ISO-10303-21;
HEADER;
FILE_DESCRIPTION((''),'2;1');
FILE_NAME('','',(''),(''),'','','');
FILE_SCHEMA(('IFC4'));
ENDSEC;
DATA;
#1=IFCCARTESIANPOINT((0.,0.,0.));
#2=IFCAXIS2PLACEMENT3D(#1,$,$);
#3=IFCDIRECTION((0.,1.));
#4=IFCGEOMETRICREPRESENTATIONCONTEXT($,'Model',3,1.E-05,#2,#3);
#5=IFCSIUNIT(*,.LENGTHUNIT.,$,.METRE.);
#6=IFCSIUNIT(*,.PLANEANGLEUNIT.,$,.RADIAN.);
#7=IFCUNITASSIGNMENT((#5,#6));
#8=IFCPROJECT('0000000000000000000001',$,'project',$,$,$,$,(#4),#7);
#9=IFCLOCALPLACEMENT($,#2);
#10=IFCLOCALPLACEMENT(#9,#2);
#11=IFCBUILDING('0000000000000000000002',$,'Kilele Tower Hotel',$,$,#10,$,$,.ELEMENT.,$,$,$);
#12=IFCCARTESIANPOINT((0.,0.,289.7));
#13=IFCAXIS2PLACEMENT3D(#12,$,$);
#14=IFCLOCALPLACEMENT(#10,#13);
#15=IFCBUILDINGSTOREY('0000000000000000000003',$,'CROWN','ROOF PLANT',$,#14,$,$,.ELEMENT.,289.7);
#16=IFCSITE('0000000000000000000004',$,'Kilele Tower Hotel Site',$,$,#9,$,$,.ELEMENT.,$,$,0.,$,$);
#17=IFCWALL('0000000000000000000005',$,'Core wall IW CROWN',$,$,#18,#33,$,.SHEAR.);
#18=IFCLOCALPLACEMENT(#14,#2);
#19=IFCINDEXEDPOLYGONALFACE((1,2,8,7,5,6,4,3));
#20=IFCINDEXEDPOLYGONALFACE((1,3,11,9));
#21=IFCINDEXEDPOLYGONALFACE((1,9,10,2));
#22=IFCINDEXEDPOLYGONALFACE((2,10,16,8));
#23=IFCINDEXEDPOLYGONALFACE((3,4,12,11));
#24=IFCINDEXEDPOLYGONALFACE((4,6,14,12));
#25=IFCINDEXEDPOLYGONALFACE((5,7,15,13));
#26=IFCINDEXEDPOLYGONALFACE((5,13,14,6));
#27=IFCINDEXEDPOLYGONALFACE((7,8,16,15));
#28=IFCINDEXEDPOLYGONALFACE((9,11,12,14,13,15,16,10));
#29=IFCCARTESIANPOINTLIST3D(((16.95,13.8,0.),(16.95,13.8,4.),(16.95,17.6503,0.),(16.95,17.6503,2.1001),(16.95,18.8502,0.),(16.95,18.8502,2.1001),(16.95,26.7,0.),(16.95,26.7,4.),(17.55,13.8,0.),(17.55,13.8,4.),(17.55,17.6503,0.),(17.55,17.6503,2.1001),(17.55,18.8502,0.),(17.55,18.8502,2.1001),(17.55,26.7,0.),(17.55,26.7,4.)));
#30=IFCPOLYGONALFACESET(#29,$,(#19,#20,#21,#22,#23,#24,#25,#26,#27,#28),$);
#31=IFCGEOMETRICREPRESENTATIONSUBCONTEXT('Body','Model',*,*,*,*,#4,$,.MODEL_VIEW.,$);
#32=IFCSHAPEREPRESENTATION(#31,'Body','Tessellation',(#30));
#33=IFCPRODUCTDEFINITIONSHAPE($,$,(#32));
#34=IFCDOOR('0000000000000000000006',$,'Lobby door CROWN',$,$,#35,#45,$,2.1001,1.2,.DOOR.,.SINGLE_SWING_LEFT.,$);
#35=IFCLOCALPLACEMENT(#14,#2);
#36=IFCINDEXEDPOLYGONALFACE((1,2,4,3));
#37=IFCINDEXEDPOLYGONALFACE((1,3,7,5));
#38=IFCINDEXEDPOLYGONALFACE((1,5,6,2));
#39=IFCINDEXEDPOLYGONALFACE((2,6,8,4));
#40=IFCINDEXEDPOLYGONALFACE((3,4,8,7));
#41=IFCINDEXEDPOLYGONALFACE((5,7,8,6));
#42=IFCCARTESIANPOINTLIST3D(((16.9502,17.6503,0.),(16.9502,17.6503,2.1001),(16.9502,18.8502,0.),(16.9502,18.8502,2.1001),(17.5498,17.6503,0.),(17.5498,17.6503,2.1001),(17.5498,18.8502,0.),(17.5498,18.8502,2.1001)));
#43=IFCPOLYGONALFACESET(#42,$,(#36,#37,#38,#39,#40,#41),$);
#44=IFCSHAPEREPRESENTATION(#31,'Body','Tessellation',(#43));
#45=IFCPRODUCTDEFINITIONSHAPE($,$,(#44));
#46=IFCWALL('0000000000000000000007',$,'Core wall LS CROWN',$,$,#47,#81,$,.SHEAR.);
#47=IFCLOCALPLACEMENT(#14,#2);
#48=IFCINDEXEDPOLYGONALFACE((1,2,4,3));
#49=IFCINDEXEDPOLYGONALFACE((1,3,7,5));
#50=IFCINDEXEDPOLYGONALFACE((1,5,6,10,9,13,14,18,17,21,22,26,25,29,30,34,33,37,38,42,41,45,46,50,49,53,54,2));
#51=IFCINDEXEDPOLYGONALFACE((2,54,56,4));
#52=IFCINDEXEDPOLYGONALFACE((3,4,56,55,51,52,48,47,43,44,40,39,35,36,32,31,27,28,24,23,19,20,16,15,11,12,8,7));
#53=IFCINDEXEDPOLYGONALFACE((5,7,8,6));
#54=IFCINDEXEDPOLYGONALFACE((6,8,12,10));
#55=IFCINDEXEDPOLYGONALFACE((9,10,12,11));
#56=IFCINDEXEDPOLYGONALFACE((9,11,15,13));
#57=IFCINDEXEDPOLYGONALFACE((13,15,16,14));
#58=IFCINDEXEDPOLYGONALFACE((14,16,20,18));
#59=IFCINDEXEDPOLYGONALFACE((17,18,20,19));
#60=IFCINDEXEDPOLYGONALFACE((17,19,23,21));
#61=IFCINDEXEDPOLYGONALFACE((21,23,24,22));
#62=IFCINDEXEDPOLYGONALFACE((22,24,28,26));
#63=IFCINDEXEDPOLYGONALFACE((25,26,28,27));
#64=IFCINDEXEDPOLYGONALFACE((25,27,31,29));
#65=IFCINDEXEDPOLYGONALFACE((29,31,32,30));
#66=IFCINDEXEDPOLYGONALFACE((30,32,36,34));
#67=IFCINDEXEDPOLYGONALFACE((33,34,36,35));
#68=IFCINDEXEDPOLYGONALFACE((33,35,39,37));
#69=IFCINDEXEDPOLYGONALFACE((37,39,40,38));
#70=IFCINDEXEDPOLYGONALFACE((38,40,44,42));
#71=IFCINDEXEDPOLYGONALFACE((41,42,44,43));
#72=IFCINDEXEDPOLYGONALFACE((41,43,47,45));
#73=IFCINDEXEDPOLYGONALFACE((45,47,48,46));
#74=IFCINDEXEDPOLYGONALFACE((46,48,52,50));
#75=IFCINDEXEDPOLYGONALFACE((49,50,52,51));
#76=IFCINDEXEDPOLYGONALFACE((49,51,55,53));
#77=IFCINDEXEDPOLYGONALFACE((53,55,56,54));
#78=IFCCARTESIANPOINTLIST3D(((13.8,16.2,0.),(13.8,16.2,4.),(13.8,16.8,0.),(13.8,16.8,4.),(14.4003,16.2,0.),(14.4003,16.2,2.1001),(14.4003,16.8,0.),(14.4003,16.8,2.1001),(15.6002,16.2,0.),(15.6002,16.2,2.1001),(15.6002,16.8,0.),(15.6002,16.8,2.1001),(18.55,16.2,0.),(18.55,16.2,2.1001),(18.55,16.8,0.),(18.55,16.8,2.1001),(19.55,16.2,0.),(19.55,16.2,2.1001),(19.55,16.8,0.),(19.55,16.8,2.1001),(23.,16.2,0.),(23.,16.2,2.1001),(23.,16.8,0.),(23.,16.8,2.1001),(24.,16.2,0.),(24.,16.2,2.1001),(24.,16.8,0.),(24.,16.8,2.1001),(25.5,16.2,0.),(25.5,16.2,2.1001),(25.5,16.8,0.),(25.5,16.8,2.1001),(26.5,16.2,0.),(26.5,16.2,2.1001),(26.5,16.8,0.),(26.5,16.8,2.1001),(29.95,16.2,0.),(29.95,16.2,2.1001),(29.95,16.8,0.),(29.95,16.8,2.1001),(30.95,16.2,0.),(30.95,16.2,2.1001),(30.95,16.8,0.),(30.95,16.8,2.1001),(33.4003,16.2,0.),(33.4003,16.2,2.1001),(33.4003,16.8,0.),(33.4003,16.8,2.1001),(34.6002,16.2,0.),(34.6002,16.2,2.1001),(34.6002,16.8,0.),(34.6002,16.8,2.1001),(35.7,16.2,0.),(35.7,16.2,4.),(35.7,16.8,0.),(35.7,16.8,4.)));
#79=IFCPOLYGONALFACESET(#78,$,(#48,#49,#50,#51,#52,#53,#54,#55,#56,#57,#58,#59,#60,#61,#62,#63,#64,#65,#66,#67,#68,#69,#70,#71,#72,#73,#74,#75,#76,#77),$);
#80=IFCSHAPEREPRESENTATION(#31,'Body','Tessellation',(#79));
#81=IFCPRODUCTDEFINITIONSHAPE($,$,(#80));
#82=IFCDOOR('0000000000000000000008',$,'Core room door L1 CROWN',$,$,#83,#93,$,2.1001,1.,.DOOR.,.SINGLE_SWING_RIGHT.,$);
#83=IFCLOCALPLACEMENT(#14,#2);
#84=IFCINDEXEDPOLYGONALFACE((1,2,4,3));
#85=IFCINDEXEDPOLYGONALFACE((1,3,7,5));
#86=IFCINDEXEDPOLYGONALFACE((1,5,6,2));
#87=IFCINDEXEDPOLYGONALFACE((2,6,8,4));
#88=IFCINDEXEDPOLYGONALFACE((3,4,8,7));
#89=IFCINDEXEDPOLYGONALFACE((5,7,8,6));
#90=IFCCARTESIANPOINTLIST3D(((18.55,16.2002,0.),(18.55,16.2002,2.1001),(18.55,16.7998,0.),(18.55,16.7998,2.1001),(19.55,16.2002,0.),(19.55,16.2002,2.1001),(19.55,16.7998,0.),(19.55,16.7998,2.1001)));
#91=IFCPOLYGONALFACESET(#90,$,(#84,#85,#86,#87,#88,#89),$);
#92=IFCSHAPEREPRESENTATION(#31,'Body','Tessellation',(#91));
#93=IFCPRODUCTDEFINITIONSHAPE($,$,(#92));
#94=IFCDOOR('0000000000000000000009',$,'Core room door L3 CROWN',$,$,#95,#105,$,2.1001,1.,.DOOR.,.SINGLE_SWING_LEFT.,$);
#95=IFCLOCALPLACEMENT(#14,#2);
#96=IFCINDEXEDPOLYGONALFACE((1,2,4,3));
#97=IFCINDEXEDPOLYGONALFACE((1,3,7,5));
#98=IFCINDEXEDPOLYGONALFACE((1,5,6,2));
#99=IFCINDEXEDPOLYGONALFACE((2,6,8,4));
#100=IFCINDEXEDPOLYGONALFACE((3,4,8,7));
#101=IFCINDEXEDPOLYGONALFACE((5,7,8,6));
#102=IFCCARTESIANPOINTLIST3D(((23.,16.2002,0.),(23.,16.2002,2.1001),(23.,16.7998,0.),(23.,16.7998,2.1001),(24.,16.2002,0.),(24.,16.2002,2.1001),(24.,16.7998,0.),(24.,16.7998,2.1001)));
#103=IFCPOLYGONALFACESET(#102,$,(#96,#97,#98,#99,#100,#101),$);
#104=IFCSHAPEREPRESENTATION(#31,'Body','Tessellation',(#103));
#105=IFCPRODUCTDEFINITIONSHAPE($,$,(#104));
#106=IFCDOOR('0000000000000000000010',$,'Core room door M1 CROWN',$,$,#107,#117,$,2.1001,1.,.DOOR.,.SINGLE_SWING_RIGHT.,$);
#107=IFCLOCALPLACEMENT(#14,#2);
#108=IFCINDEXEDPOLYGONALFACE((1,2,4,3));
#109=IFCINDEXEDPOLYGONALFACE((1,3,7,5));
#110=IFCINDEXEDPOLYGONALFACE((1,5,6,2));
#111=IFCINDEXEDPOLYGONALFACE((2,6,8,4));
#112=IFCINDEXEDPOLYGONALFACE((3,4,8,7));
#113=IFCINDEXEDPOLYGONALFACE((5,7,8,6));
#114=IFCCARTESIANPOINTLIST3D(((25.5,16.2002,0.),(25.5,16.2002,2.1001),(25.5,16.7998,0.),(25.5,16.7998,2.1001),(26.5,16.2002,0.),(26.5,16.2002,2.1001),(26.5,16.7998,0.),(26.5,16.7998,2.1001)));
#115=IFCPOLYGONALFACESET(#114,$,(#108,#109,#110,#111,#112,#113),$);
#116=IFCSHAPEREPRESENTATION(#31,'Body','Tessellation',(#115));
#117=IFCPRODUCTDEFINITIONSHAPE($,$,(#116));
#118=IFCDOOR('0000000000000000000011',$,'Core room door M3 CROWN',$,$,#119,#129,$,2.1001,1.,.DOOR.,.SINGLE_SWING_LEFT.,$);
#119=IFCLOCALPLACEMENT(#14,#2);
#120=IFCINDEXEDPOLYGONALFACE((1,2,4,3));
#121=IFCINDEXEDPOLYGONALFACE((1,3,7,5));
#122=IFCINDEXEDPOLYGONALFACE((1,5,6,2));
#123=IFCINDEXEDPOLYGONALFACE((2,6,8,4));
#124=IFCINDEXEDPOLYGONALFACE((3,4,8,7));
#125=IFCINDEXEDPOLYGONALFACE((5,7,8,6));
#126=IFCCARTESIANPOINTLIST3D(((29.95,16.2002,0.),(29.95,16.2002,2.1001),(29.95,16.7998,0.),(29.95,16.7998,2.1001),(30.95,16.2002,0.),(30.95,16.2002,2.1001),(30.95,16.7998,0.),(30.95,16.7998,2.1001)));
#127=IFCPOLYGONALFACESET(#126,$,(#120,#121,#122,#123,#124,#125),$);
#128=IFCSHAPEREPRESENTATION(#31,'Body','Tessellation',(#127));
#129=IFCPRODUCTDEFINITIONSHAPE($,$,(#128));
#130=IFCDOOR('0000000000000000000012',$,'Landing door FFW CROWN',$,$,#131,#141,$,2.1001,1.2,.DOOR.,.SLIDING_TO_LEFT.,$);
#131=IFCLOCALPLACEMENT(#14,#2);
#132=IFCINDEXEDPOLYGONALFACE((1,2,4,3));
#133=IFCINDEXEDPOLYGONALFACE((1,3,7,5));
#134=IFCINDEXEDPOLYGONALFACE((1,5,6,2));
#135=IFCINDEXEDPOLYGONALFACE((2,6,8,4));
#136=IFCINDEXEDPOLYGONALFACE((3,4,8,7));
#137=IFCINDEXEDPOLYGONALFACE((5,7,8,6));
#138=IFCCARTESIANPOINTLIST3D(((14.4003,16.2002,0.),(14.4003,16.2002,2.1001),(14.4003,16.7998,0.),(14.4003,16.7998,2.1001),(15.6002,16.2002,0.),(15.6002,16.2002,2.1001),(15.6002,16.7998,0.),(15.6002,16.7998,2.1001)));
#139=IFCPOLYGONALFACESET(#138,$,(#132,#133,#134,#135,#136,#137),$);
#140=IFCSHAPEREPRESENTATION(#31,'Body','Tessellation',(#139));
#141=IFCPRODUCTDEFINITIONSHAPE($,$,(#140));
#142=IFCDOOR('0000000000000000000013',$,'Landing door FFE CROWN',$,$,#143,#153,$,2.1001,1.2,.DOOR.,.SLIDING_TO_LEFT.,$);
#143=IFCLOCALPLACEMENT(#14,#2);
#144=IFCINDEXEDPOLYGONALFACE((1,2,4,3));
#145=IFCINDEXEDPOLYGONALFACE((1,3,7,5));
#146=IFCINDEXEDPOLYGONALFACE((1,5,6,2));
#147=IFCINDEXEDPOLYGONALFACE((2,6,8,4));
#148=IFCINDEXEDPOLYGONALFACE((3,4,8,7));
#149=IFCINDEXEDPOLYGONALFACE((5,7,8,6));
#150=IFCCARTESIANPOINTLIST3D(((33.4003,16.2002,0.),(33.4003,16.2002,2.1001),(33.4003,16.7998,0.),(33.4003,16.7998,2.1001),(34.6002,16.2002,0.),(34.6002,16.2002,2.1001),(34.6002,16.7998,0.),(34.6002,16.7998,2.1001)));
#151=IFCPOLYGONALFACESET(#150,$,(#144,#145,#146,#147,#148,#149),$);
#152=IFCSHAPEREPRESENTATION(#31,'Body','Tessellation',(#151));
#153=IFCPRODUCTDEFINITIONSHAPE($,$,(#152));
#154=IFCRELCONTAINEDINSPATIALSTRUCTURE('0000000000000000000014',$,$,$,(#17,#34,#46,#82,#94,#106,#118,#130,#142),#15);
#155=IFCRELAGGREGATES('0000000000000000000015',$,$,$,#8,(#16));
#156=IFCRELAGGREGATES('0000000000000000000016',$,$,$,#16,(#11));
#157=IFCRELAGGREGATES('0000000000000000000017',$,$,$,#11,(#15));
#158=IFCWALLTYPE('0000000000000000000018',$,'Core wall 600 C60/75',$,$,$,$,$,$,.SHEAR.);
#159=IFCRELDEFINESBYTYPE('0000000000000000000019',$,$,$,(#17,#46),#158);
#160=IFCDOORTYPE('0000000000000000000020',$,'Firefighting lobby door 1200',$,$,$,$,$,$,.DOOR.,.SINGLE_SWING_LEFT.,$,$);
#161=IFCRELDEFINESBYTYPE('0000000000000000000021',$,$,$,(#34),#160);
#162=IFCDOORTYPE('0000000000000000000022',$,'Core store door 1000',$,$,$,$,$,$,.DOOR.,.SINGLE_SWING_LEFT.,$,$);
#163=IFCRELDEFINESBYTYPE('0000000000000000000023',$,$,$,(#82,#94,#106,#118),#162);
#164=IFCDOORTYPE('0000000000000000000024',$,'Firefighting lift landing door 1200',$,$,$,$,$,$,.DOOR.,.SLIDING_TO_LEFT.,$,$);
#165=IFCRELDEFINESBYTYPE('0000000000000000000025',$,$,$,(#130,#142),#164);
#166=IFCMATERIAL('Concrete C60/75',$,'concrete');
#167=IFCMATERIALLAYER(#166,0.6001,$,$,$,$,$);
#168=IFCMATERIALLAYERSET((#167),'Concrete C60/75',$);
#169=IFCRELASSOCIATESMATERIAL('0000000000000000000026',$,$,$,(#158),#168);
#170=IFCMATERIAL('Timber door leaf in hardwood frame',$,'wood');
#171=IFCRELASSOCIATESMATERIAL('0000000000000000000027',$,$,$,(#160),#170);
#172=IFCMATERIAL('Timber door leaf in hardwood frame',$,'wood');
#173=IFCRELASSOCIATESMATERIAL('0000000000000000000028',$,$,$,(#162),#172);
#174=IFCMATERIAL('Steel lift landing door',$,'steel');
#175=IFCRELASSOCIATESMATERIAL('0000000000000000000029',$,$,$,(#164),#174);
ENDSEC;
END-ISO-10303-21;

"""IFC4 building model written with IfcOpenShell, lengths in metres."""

from ifc_helpers import new_model, si_unit, direction, frame, frame_2d, origin, place, context, subcontext, project, spatial, rectangle, extrude, material, layer, layer_set, type_object, element, fill, save


model = new_model("IFC4")

# Units and contexts
model_context = context("Model", 3, precision=1e-05, world=origin(), true_north=direction((0.0, 1.0)))
body_context = subcontext(model_context, "Body", "Model", "MODEL_VIEW")
ifc_project = project(units=[si_unit("LENGTHUNIT", "METRE"), si_unit("PLANEANGLEUNIT", "RADIAN")], contexts=[model_context])

# Site, building, storey
site_placement = place(None, origin())
site = spatial("IfcSite", under=ifc_project, at=site_placement, Name="Kilele Tower Hotel Site", CompositionType="ELEMENT", RefElevation=0.0)
building_placement = place(site_placement, origin())
building = spatial("IfcBuilding", under=site, at=building_placement, Name="Kilele Tower Hotel", CompositionType="ELEMENT")
storey_placement = place(building_placement, frame((0.0, 0.0, 289.7)))
storey = spatial("IfcBuildingStorey", under=building, at=storey_placement, Name="CROWN", Description="ROOF PLANT", CompositionType="ELEMENT", Elevation=289.7)

# Wall, opening, door
ifc_material_1 = material(Name="Concrete C60/75", Category="concrete")
ifc_layer_1 = layer(ifc_material_1, 0.6001)
ifc_layer_set_1 = layer_set([ifc_layer_1], Name="Concrete C60/75")
wall_type = type_object("IfcWallType", Name="Core wall 600 C60/75", PredefinedType="SHEAR", material=ifc_layer_set_1)
wall_1_placement = place(storey_placement, frame((17.25, 13.8, 0.0), z_axis=(0.0, 0.0, 1.0), x_axis=(0.0, 1.0, 0.0)))
wall_1 = element("IfcWall", 1, at=wall_1_placement, inside=storey, type_object=wall_type, Name="Core wall IW CROWN", PredefinedType="SHEAR", context=body_context, shape_type="SweptSolid", body=[
    extrude(rectangle(XDim=12.8999, YDim=0.6001, at=frame_2d((6.45, 0.0))), origin(), (0.0, 0.0, 1.0), 4.0),
])
opening_1_placement = place(wall_1_placement, frame((3.8501, 0.0, 0.0)))
opening_1 = element("IfcOpeningElement", 2, at=opening_1_placement, cuts=wall_1, PredefinedType="OPENING", context=body_context, shape_type="SweptSolid", body=[
    extrude(rectangle(XDim=1.2, YDim=2.1001, at=frame_2d((0.6001, 1.05))), frame((0.0, 0.3101, 0.0), z_axis=(0.0, -1.0, 0.0), x_axis=(1.0, 0.0, 0.0)), (0.0, 0.0, 1.0), 0.6201),
])
ifc_material_2 = material(Name="Timber door leaf in hardwood frame", Category="wood")
door_type_1 = type_object("IfcDoorType", Name="Firefighting lobby door 1200", OperationType="SINGLE_SWING_LEFT", PredefinedType="DOOR", material=ifc_material_2)
door_1_placement = place(opening_1_placement, origin())
door_1 = element("IfcDoor", 3, at=door_1_placement, inside=storey, type_object=door_type_1, Name="Lobby door CROWN", OperationType="SINGLE_SWING_LEFT", OverallHeight=2.1001, OverallWidth=1.2, PredefinedType="DOOR", context=body_context, shape_type="SweptSolid", body=[
    extrude(rectangle(XDim=1.2, YDim=2.1001, at=frame_2d((0.6001, 1.05))), frame((0.0, 0.2998, 0.0), z_axis=(0.0, -1.0, 0.0), x_axis=(1.0, 0.0, 0.0)), (0.0, 0.0, 1.0), 0.5996),
])
fill(opening_1, door_1)

# Wall, openings, doors
wall_2_placement = place(storey_placement, frame((13.8, 16.5, 0.0), z_axis=(0.0, 0.0, 1.0), x_axis=(1.0, 0.0, 0.0)))
wall_2 = element("IfcWall", 4, at=wall_2_placement, inside=storey, type_object=wall_type, Name="Core wall LS CROWN", PredefinedType="SHEAR", context=body_context, shape_type="SweptSolid", body=[
    extrude(rectangle(XDim=21.8999, YDim=0.6001, at=frame_2d((10.95, 0.0))), origin(), (0.0, 0.0, 1.0), 4.0),
])
opening_2_placement = place(wall_2_placement, frame((5.75, 0.0, 0.0), z_axis=(0.0, 0.0, 1.0), x_axis=(-1.0, 0.0, 0.0)))
opening_2 = element("IfcOpeningElement", 5, at=opening_2_placement, cuts=wall_2, PredefinedType="OPENING", context=body_context, shape_type="SweptSolid", body=[
    extrude(rectangle(XDim=1.0, YDim=2.1001, at=frame_2d((0.5, 1.05))), frame((0.0, 0.3101, 0.0), z_axis=(0.0, -1.0, 0.0), x_axis=(1.0, 0.0, 0.0)), (0.0, 0.0, 1.0), 0.6201),
])
opening_3_placement = place(wall_2_placement, frame((10.2, 0.0, 0.0), z_axis=(0.0, 0.0, 1.0), x_axis=(-1.0, 0.0, 0.0)))
opening_3 = element("IfcOpeningElement", 6, at=opening_3_placement, cuts=wall_2, PredefinedType="OPENING", context=body_context, shape_type="SweptSolid", body=[
    extrude(rectangle(XDim=1.0, YDim=2.1001, at=frame_2d((0.5, 1.05))), frame((0.0, 0.3101, 0.0), z_axis=(0.0, -1.0, 0.0), x_axis=(1.0, 0.0, 0.0)), (0.0, 0.0, 1.0), 0.6201),
])
opening_4_placement = place(wall_2_placement, frame((12.7, 0.0, 0.0), z_axis=(0.0, 0.0, 1.0), x_axis=(-1.0, 0.0, 0.0)))
opening_4 = element("IfcOpeningElement", 7, at=opening_4_placement, cuts=wall_2, PredefinedType="OPENING", context=body_context, shape_type="SweptSolid", body=[
    extrude(rectangle(XDim=1.0, YDim=2.1001, at=frame_2d((0.5, 1.05))), frame((0.0, 0.3101, 0.0), z_axis=(0.0, -1.0, 0.0), x_axis=(1.0, 0.0, 0.0)), (0.0, 0.0, 1.0), 0.6201),
])
opening_5_placement = place(wall_2_placement, frame((17.1499, 0.0, 0.0), z_axis=(0.0, 0.0, 1.0), x_axis=(-1.0, 0.0, 0.0)))
opening_5 = element("IfcOpeningElement", 8, at=opening_5_placement, cuts=wall_2, PredefinedType="OPENING", context=body_context, shape_type="SweptSolid", body=[
    extrude(rectangle(XDim=1.0, YDim=2.1001, at=frame_2d((0.5, 1.05))), frame((0.0, 0.3101, 0.0), z_axis=(0.0, -1.0, 0.0), x_axis=(1.0, 0.0, 0.0)), (0.0, 0.0, 1.0), 0.6201),
])
opening_6_placement = place(wall_2_placement, frame((0.6001, 0.0, 0.0)))
opening_6 = element("IfcOpeningElement", 9, at=opening_6_placement, cuts=wall_2, PredefinedType="OPENING", context=body_context, shape_type="SweptSolid", body=[
    extrude(rectangle(XDim=1.2, YDim=2.1001, at=frame_2d((0.6001, 1.05))), frame((0.0, 0.3101, 0.0), z_axis=(0.0, -1.0, 0.0), x_axis=(1.0, 0.0, 0.0)), (0.0, 0.0, 1.0), 0.6201),
])
opening_7_placement = place(wall_2_placement, frame((19.6001, 0.0, 0.0)))
opening_7 = element("IfcOpeningElement", 10, at=opening_7_placement, cuts=wall_2, PredefinedType="OPENING", context=body_context, shape_type="SweptSolid", body=[
    extrude(rectangle(XDim=1.2, YDim=2.1001, at=frame_2d((0.6001, 1.05))), frame((0.0, 0.3101, 0.0), z_axis=(0.0, -1.0, 0.0), x_axis=(1.0, 0.0, 0.0)), (0.0, 0.0, 1.0), 0.6201),
])
ifc_material_3 = material(Name="Timber door leaf in hardwood frame", Category="wood")
door_type_2 = type_object("IfcDoorType", Name="Core store door 1000", OperationType="SINGLE_SWING_LEFT", PredefinedType="DOOR", material=ifc_material_3)
door_2_placement = place(opening_2_placement, origin())
door_2 = element("IfcDoor", 11, at=door_2_placement, inside=storey, type_object=door_type_2, Name="Core room door L1 CROWN", OperationType="SINGLE_SWING_RIGHT", OverallHeight=2.1001, OverallWidth=1.0, PredefinedType="DOOR", context=body_context, shape_type="SweptSolid", body=[
    extrude(rectangle(XDim=1.0, YDim=2.1001, at=frame_2d((0.5, 1.05))), frame((0.0, 0.2998, 0.0), z_axis=(0.0, -1.0, 0.0), x_axis=(1.0, 0.0, 0.0)), (0.0, 0.0, 1.0), 0.5996),
])
fill(opening_2, door_2)
door_3_placement = place(opening_3_placement, origin())
door_3 = element("IfcDoor", 12, at=door_3_placement, inside=storey, type_object=door_type_2, Name="Core room door L3 CROWN", OperationType="SINGLE_SWING_LEFT", OverallHeight=2.1001, OverallWidth=1.0, PredefinedType="DOOR", context=body_context, shape_type="SweptSolid", body=[
    extrude(rectangle(XDim=1.0, YDim=2.1001, at=frame_2d((0.5, 1.05))), frame((0.0, 0.2998, 0.0), z_axis=(0.0, -1.0, 0.0), x_axis=(1.0, 0.0, 0.0)), (0.0, 0.0, 1.0), 0.5996),
])
fill(opening_3, door_3)
door_4_placement = place(opening_4_placement, origin())
door_4 = element("IfcDoor", 13, at=door_4_placement, inside=storey, type_object=door_type_2, Name="Core room door M1 CROWN", OperationType="SINGLE_SWING_RIGHT", OverallHeight=2.1001, OverallWidth=1.0, PredefinedType="DOOR", context=body_context, shape_type="SweptSolid", body=[
    extrude(rectangle(XDim=1.0, YDim=2.1001, at=frame_2d((0.5, 1.05))), frame((0.0, 0.2998, 0.0), z_axis=(0.0, -1.0, 0.0), x_axis=(1.0, 0.0, 0.0)), (0.0, 0.0, 1.0), 0.5996),
])
fill(opening_4, door_4)
door_5_placement = place(opening_5_placement, origin())
door_5 = element("IfcDoor", 14, at=door_5_placement, inside=storey, type_object=door_type_2, Name="Core room door M3 CROWN", OperationType="SINGLE_SWING_LEFT", OverallHeight=2.1001, OverallWidth=1.0, PredefinedType="DOOR", context=body_context, shape_type="SweptSolid", body=[
    extrude(rectangle(XDim=1.0, YDim=2.1001, at=frame_2d((0.5, 1.05))), frame((0.0, 0.2998, 0.0), z_axis=(0.0, -1.0, 0.0), x_axis=(1.0, 0.0, 0.0)), (0.0, 0.0, 1.0), 0.5996),
])
fill(opening_5, door_5)
ifc_material_4 = material(Name="Steel lift landing door", Category="steel")
door_type_3 = type_object("IfcDoorType", Name="Firefighting lift landing door 1200", OperationType="SLIDING_TO_LEFT", PredefinedType="DOOR", material=ifc_material_4)
door_6_placement = place(opening_6_placement, origin())
door_6 = element("IfcDoor", 15, at=door_6_placement, inside=storey, type_object=door_type_3, Name="Landing door FFW CROWN", OperationType="SLIDING_TO_LEFT", OverallHeight=2.1001, OverallWidth=1.2, PredefinedType="DOOR", context=body_context, shape_type="SweptSolid", body=[
    extrude(rectangle(XDim=1.2, YDim=2.1001, at=frame_2d((0.6001, 1.05))), frame((0.0, 0.2998, 0.0), z_axis=(0.0, -1.0, 0.0), x_axis=(1.0, 0.0, 0.0)), (0.0, 0.0, 1.0), 0.5996),
])
fill(opening_6, door_6)
door_7_placement = place(opening_7_placement, origin())
door_7 = element("IfcDoor", 16, at=door_7_placement, inside=storey, type_object=door_type_3, Name="Landing door FFE CROWN", OperationType="SLIDING_TO_LEFT", OverallHeight=2.1001, OverallWidth=1.2, PredefinedType="DOOR", context=body_context, shape_type="SweptSolid", body=[
    extrude(rectangle(XDim=1.2, YDim=2.1001, at=frame_2d((0.6001, 1.05))), frame((0.0, 0.2998, 0.0), z_axis=(0.0, -1.0, 0.0), x_axis=(1.0, 0.0, 0.0)), (0.0, 0.0, 1.0), 0.5996),
])
fill(opening_7, door_7)

save(model, "model.ifc")
